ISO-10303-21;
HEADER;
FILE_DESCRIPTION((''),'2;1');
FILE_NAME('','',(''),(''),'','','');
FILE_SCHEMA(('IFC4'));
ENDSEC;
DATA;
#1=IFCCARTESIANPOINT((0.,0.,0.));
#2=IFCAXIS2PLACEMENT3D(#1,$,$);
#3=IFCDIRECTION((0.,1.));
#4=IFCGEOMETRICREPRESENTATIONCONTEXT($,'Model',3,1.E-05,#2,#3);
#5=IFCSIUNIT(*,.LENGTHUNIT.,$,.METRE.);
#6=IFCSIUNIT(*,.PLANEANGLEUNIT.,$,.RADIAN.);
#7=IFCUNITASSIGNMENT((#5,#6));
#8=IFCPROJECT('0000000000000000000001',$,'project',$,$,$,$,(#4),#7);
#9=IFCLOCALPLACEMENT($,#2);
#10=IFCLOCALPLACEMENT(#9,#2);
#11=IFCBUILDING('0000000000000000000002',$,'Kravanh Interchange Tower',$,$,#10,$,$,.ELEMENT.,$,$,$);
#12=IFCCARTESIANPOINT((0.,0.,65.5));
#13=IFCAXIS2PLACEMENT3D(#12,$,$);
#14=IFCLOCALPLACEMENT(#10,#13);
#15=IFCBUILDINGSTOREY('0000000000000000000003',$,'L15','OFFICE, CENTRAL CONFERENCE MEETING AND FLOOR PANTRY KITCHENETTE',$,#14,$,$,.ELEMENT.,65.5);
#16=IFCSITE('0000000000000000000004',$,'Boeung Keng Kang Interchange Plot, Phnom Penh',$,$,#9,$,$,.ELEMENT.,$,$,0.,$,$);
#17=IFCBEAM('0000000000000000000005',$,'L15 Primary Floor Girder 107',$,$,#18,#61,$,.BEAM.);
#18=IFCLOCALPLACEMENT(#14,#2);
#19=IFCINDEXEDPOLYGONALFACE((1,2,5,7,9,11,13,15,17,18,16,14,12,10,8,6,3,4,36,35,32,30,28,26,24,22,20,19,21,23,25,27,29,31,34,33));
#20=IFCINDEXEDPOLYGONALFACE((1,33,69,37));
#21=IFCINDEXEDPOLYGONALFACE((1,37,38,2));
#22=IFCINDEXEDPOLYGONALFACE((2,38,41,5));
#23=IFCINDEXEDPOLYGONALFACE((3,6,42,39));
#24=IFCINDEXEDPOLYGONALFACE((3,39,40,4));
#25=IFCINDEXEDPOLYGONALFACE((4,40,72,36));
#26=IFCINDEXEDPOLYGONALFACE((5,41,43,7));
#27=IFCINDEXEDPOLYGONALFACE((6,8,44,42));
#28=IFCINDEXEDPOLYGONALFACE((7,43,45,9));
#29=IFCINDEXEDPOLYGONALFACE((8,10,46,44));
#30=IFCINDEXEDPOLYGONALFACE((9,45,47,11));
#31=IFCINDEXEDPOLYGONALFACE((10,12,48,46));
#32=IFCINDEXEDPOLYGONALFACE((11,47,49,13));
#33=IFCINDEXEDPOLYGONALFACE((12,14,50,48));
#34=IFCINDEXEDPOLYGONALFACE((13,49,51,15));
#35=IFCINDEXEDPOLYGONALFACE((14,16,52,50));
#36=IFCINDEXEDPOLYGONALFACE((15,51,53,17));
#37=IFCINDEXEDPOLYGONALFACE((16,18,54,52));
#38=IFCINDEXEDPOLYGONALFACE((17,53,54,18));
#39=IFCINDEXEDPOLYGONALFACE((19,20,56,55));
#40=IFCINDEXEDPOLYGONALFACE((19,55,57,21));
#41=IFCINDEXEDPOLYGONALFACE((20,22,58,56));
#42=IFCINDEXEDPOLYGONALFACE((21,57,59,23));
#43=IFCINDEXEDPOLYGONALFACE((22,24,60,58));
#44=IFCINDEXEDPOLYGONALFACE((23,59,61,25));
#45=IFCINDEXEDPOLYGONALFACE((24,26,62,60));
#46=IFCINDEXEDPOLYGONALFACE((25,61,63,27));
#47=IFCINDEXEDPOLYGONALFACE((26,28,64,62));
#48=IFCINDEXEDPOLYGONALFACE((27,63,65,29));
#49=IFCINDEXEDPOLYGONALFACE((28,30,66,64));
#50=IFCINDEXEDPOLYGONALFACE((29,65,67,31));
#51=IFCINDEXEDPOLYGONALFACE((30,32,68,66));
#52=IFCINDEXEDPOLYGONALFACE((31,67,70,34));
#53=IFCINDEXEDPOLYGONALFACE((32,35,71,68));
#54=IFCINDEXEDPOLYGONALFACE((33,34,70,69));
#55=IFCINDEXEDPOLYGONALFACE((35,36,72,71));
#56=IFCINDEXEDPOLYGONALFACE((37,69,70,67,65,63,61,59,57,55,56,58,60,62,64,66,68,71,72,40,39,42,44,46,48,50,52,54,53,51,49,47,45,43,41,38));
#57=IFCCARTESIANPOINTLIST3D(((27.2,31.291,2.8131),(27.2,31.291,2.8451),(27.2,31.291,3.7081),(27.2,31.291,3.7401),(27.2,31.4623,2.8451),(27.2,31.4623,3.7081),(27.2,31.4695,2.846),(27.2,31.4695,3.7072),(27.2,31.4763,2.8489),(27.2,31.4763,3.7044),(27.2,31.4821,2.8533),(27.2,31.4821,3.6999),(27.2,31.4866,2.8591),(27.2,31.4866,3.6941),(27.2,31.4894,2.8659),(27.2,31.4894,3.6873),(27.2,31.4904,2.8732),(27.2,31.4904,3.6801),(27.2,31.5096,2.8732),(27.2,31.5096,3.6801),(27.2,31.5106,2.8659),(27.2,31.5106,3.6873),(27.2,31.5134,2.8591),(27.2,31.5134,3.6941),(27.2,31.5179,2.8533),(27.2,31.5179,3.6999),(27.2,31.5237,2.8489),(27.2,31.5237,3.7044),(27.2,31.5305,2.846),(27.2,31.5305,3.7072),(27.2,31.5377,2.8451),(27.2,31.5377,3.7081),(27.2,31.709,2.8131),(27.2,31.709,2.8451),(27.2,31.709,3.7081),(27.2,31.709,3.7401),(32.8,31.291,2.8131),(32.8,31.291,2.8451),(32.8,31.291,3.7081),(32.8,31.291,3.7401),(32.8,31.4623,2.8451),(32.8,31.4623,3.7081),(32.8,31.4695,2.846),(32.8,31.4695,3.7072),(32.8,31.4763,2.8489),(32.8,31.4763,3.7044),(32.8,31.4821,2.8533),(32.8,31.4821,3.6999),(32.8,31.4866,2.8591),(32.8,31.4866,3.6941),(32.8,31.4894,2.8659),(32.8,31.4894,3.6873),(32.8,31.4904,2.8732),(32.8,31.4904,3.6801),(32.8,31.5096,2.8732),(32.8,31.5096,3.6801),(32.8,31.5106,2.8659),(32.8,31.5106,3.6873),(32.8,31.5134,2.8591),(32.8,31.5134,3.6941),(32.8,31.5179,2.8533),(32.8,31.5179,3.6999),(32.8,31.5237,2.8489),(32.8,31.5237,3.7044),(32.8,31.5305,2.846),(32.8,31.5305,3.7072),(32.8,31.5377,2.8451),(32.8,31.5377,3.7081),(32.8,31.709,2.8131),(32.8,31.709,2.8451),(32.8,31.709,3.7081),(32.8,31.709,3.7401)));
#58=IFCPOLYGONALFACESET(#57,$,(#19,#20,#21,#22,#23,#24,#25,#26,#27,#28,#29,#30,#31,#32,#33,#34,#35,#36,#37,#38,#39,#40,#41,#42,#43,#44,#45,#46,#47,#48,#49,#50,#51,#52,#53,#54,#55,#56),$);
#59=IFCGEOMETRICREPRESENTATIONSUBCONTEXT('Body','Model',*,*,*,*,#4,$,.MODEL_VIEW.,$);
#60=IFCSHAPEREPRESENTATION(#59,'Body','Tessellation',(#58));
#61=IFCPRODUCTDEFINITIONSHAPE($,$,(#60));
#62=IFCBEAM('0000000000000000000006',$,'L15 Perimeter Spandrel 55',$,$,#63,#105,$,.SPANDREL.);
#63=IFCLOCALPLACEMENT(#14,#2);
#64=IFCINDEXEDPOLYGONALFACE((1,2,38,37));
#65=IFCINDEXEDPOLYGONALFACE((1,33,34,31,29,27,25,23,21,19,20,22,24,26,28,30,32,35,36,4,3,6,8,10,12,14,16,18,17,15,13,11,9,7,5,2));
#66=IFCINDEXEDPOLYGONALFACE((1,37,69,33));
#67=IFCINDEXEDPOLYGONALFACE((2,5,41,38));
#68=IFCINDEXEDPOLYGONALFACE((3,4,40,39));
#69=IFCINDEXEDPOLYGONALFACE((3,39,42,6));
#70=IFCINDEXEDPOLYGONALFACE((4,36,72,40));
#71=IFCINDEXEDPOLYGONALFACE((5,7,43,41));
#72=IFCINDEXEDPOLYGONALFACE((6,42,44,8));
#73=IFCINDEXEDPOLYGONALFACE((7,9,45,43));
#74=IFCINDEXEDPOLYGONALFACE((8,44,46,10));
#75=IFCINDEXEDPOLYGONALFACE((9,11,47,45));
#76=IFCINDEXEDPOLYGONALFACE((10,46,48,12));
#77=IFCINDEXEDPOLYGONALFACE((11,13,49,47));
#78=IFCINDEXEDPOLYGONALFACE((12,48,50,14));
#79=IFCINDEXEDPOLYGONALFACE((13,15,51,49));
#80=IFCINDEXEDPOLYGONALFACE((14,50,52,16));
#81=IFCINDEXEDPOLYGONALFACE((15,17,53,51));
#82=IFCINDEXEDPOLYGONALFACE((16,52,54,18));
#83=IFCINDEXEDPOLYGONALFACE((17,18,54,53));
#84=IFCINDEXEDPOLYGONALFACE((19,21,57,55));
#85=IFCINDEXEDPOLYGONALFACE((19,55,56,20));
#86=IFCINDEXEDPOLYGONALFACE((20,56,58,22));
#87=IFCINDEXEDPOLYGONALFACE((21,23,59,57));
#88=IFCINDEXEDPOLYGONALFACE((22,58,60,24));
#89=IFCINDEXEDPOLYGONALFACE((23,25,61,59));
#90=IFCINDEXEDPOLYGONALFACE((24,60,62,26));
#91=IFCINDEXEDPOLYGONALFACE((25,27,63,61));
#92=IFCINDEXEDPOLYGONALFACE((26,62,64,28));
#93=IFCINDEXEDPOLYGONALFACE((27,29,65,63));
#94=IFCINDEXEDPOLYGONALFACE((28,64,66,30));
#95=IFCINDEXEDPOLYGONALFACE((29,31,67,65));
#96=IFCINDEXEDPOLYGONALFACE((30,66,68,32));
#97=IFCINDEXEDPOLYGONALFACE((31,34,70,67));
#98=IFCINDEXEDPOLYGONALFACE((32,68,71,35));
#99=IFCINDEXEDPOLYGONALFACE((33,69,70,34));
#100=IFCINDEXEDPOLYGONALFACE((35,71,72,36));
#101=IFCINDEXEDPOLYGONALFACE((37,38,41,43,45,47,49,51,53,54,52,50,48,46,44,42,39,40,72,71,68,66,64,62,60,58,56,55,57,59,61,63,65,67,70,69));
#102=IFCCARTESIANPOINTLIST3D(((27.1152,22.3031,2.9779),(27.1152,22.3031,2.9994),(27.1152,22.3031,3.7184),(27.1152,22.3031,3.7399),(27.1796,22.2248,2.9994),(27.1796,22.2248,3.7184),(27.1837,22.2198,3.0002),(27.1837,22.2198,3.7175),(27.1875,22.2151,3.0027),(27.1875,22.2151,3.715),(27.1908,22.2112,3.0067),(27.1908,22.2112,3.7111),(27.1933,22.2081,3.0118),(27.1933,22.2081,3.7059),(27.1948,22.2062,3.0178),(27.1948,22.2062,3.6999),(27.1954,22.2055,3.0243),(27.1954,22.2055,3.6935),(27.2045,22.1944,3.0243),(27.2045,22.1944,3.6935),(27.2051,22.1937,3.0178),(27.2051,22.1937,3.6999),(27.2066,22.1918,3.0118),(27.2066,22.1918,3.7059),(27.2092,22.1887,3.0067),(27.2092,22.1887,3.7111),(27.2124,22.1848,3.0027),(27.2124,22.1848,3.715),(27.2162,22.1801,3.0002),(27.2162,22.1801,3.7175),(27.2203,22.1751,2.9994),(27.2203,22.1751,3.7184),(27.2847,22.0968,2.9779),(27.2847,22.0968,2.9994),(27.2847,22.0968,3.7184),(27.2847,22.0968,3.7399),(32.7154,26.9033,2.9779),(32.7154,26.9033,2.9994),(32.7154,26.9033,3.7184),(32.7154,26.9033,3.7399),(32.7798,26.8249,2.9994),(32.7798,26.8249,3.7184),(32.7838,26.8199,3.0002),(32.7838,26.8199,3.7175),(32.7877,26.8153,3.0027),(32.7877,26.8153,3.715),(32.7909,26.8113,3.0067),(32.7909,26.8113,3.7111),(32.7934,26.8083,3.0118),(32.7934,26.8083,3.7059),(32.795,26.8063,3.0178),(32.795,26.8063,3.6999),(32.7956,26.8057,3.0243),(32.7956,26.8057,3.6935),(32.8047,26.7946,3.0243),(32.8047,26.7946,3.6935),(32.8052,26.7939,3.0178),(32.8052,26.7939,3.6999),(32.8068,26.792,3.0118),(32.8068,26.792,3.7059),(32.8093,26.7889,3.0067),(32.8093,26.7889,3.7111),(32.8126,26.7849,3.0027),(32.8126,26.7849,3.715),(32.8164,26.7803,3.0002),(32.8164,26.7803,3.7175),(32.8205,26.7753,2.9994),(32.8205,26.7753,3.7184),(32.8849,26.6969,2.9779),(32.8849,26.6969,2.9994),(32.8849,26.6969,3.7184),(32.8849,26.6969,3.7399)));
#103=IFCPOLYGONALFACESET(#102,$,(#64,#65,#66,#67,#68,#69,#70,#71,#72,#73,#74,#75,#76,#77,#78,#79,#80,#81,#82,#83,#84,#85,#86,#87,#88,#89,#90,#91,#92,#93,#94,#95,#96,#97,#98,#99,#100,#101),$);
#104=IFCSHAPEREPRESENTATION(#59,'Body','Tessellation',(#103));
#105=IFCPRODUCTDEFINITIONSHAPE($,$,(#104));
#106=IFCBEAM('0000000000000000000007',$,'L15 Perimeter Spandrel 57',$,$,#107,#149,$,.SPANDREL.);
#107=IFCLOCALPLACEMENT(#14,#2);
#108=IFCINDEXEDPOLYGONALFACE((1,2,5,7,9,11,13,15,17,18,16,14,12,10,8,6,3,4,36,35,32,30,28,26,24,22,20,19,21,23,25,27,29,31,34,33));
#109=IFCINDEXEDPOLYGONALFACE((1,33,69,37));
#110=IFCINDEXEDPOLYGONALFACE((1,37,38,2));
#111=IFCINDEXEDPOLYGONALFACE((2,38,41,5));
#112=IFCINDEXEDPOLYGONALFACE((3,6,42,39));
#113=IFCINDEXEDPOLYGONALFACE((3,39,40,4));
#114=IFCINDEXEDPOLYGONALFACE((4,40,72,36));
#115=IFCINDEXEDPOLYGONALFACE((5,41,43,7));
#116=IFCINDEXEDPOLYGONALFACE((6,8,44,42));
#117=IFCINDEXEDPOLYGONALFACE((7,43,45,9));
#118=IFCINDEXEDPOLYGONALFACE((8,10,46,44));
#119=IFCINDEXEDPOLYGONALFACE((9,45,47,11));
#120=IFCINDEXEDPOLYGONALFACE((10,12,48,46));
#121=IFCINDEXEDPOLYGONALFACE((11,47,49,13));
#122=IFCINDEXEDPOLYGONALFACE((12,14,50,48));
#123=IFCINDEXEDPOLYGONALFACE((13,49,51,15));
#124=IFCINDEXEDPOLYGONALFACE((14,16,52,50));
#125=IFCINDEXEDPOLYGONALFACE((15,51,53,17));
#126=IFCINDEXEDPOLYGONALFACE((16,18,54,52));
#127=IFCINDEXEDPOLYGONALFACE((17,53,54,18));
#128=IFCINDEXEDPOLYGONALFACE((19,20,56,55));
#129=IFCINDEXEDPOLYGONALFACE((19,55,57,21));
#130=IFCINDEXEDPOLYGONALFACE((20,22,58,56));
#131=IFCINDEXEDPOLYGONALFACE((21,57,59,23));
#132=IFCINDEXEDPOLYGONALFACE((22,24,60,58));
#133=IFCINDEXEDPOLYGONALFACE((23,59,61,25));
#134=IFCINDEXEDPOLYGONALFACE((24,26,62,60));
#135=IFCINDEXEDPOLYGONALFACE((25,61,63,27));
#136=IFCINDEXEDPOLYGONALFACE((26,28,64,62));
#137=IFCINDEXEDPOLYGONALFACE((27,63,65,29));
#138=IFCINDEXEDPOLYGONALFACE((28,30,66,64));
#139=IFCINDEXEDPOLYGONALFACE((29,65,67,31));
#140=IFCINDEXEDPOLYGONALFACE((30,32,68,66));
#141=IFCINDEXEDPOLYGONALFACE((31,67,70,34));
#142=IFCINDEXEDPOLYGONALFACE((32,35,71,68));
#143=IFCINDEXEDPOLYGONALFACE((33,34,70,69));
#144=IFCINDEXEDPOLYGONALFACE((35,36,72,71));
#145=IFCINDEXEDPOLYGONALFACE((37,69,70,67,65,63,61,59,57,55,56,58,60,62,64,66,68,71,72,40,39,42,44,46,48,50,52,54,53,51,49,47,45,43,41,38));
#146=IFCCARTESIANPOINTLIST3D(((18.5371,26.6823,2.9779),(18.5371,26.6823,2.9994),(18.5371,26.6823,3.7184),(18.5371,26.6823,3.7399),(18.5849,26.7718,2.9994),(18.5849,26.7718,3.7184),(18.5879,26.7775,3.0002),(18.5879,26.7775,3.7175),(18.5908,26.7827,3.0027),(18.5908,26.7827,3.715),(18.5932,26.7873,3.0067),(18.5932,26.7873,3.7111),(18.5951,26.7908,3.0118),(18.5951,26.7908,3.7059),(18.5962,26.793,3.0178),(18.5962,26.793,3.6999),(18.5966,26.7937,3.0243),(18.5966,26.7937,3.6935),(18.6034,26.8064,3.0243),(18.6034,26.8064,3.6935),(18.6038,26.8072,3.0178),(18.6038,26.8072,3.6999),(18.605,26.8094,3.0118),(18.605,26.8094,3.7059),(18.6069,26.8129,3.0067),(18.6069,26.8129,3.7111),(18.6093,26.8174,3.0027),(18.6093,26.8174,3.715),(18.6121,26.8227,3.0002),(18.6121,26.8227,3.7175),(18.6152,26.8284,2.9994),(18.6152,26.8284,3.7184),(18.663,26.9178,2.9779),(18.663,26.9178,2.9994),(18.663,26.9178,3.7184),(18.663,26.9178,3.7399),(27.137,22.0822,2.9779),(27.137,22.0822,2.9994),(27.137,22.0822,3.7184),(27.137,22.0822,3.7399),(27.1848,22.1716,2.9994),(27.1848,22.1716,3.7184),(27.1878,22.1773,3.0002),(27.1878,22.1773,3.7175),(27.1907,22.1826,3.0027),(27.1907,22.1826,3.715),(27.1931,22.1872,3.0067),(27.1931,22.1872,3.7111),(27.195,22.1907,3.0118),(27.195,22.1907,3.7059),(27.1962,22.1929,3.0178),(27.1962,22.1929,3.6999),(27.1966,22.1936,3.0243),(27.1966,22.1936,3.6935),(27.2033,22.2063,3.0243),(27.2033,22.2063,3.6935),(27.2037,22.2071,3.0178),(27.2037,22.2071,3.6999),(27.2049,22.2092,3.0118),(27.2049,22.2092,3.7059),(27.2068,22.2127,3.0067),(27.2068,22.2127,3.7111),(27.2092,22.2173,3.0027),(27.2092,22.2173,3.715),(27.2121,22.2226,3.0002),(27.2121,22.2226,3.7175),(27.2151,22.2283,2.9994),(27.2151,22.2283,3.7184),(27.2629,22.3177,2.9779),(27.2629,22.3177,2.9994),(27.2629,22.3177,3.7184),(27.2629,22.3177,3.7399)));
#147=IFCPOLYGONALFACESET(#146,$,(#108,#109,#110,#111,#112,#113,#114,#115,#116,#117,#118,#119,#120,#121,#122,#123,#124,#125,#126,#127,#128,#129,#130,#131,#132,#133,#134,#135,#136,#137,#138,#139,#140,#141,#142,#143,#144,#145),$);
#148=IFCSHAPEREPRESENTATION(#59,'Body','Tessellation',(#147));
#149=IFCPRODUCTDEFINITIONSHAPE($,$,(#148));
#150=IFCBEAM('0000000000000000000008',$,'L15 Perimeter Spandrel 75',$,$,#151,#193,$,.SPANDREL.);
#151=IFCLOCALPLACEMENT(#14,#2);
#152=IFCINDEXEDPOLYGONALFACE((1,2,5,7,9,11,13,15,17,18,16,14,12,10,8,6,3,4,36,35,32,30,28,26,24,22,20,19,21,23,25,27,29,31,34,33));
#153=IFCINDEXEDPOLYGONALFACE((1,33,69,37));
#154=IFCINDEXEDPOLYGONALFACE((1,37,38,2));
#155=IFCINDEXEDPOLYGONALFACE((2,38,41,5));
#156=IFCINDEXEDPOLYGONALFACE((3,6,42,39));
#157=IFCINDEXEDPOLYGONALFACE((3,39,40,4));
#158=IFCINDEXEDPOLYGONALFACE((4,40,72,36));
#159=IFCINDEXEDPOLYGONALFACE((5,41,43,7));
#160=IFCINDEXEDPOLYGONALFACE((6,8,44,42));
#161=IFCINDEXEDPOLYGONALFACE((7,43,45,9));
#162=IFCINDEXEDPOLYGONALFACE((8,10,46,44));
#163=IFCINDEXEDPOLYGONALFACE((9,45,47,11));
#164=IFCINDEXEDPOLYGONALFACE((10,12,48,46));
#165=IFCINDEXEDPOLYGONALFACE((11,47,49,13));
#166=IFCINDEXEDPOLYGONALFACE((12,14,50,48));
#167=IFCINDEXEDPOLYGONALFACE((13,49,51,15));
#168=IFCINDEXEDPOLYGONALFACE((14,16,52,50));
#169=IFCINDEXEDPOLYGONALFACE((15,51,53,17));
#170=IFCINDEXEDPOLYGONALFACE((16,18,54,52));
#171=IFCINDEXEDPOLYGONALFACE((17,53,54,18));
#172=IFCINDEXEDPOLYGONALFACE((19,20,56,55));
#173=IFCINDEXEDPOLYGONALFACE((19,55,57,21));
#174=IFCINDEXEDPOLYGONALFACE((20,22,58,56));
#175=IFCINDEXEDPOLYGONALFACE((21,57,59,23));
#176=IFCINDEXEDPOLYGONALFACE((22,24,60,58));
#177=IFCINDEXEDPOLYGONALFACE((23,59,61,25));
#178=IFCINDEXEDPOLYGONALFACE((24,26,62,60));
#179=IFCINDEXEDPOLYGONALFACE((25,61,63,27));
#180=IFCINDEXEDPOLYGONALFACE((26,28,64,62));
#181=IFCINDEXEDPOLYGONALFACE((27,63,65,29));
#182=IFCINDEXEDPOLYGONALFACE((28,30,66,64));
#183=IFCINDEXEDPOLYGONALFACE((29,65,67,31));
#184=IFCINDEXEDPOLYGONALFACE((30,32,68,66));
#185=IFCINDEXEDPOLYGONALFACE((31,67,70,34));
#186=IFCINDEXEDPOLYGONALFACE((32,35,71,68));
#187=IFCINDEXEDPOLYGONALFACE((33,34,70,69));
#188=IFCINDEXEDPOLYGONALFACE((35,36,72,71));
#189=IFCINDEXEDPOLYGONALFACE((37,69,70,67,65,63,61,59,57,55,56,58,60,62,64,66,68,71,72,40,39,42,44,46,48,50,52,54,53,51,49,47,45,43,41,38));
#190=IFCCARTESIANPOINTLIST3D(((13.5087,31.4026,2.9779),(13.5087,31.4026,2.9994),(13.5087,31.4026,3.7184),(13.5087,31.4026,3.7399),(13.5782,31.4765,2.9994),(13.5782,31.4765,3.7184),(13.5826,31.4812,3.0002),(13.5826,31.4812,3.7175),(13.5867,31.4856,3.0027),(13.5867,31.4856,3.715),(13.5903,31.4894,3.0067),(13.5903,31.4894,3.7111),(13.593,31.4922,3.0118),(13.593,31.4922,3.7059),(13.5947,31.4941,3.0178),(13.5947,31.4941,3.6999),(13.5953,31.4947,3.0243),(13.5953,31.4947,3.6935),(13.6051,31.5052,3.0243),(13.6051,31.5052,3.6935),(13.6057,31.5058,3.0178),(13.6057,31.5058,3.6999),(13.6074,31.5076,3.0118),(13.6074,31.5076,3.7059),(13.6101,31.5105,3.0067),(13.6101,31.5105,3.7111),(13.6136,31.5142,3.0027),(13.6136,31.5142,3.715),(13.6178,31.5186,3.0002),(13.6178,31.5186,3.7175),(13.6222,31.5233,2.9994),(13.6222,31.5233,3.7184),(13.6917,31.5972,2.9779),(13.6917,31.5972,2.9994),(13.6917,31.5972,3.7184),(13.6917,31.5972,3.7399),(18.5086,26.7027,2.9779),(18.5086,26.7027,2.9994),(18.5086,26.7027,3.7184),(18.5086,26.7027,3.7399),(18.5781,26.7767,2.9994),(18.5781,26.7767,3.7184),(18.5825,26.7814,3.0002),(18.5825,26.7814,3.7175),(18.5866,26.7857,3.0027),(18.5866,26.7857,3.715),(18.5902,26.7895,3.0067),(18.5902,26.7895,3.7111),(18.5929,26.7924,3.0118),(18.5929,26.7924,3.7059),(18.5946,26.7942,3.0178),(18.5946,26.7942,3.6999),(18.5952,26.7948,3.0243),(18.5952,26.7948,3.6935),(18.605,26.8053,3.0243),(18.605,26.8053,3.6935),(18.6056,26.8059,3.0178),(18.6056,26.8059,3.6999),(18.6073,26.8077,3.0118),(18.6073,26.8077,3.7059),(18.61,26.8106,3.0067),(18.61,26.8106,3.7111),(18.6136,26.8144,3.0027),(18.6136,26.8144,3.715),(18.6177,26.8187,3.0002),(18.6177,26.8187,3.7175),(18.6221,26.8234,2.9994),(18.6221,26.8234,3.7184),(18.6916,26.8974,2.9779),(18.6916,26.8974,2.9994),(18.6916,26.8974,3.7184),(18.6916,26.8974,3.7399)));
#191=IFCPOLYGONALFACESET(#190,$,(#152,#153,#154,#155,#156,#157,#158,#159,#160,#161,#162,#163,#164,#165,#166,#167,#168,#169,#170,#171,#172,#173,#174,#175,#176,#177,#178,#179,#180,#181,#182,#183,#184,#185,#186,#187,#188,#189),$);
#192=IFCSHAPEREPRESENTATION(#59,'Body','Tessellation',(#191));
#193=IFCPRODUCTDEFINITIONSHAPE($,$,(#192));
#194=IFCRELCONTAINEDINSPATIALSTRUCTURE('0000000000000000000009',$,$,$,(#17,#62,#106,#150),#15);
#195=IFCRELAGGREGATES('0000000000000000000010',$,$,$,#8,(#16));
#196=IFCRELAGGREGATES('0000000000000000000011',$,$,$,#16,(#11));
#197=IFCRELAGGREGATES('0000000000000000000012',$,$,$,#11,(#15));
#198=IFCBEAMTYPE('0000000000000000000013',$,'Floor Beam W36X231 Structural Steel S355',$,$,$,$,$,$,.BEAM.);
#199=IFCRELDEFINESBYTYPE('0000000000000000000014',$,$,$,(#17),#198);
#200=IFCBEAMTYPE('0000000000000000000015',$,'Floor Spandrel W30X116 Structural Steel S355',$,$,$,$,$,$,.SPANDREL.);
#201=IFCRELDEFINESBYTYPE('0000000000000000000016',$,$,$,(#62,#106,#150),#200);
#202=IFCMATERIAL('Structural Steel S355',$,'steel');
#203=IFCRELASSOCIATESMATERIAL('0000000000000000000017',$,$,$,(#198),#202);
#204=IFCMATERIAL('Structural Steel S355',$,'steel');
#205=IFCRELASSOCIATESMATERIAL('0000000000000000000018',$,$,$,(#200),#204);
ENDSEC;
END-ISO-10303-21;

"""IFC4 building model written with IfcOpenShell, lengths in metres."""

from ifc_helpers import new_model, si_unit, direction, frame, origin, origin_2d, place, context, subcontext, project, spatial, i_section, extrude, material, material_profile, profile_set, type_object, element, save


model = new_model("IFC4")

# Units and contexts
model_context = context("Model", 3, precision=1e-05, world=origin(), true_north=direction((0.0, 1.0)))
body_context = subcontext(model_context, "Body", "Model", "MODEL_VIEW")
ifc_project = project(units=[si_unit("LENGTHUNIT", "METRE"), si_unit("PLANEANGLEUNIT", "RADIAN")], contexts=[model_context])

# Site, building, storey
site_placement = place(None, origin())
site = spatial("IfcSite", under=ifc_project, at=site_placement, Name="Boeung Keng Kang Interchange Plot, Phnom Penh", CompositionType="ELEMENT", RefElevation=0.0)
building_placement = place(site_placement, origin())
building = spatial("IfcBuilding", under=site, at=building_placement, Name="Kravanh Interchange Tower", CompositionType="ELEMENT")
storey_placement = place(building_placement, frame((0.0, 0.0, 65.5)))
storey = spatial("IfcBuildingStorey", under=building, at=storey_placement, Name="L15", Description="OFFICE, CENTRAL CONFERENCE MEETING AND FLOOR PANTRY KITCHENETTE", CompositionType="ELEMENT", Elevation=65.5)

# Beams
ifc_material_1 = material(Name="Structural Steel S355", Category="steel")
ifc_material_profile_1 = material_profile(ifc_material_1, i_section(OverallWidth=0.418, OverallDepth=0.927, WebThickness=0.0193, FlangeThickness=0.032, FilletRadius=0.0281, at=origin_2d()), Name="W36X231")
ifc_profile_set_1 = profile_set([ifc_material_profile_1], Name="Structural Steel S355")
beam_type_1 = type_object("IfcBeamType", Name="Floor Beam W36X231 Structural Steel S355", PredefinedType="BEAM", material=ifc_profile_set_1)
beam_1_placement = place(storey_placement, frame((27.2, 31.5, 3.2766), z_axis=(1.0, 0.0, 0.0), x_axis=(0.0, 1.0, 0.0)))
element("IfcBeam", 1, at=beam_1_placement, inside=storey, type_object=beam_type_1, Name="L15 Primary Floor Girder 107", PredefinedType="BEAM", context=body_context, shape_type="SweptSolid", body=[
    extrude(i_section(OverallWidth=0.418, OverallDepth=0.927, WebThickness=0.0193, FlangeThickness=0.032, FilletRadius=0.0281, at=origin_2d()), origin(), (0.0, 0.0, 1.0), 5.6001),
])
ifc_material_2 = material(Name="Structural Steel S355", Category="steel")
ifc_material_profile_2 = material_profile(ifc_material_2, i_section(OverallWidth=0.2671, OverallDepth=0.762, WebThickness=0.0144, FlangeThickness=0.0215, FilletRadius=0.0249, at=origin_2d()), Name="W30X116")
ifc_profile_set_2 = profile_set([ifc_material_profile_2], Name="Structural Steel S355")
beam_type_2 = type_object("IfcBeamType", Name="Floor Spandrel W30X116 Structural Steel S355", PredefinedType="SPANDREL", material=ifc_profile_set_2)
beam_2_placement = place(storey_placement, frame((27.2, 22.2, 3.3589), z_axis=(0.772725, 0.634741, 0.0), x_axis=(-0.634741, 0.772725, 0.0)))
element("IfcBeam", 2, at=beam_2_placement, inside=storey, type_object=beam_type_2, Name="L15 Perimeter Spandrel 55", PredefinedType="SPANDREL", context=body_context, shape_type="SweptSolid", body=[
    extrude(i_section(OverallWidth=0.2671, OverallDepth=0.762, WebThickness=0.0144, FlangeThickness=0.0215, FilletRadius=0.0249, at=origin_2d()), origin(), (0.0, 0.0, 1.0), 7.2473),
])
beam_3_placement = place(storey_placement, frame((27.2, 22.2, 3.3589), z_axis=(-0.881777, 0.471666, 0.0), x_axis=(-0.471666, -0.881777, 0.0)))
element("IfcBeam", 3, at=beam_3_placement, inside=storey, type_object=beam_type_2, Name="L15 Perimeter Spandrel 57", PredefinedType="SPANDREL", context=body_context, shape_type="SweptSolid", body=[
    extrude(i_section(OverallWidth=0.2671, OverallDepth=0.762, WebThickness=0.0144, FlangeThickness=0.0215, FilletRadius=0.0249, at=origin_2d()), origin(), (0.0, 0.0, 1.0), 9.7529),
])
beam_4_placement = place(storey_placement, frame((18.6001, 26.8, 3.3589), z_axis=(-0.728631, 0.684906, 0.0), x_axis=(-0.684906, -0.728631, 0.0)))
element("IfcBeam", 4, at=beam_4_placement, inside=storey, type_object=beam_type_2, Name="L15 Perimeter Spandrel 75", PredefinedType="SPANDREL", context=body_context, shape_type="SweptSolid", body=[
    extrude(i_section(OverallWidth=0.2671, OverallDepth=0.762, WebThickness=0.0144, FlangeThickness=0.0215, FilletRadius=0.0249, at=origin_2d()), origin(), (0.0, 0.0, 1.0), 6.8621),
])

save(model, "model.ifc")
